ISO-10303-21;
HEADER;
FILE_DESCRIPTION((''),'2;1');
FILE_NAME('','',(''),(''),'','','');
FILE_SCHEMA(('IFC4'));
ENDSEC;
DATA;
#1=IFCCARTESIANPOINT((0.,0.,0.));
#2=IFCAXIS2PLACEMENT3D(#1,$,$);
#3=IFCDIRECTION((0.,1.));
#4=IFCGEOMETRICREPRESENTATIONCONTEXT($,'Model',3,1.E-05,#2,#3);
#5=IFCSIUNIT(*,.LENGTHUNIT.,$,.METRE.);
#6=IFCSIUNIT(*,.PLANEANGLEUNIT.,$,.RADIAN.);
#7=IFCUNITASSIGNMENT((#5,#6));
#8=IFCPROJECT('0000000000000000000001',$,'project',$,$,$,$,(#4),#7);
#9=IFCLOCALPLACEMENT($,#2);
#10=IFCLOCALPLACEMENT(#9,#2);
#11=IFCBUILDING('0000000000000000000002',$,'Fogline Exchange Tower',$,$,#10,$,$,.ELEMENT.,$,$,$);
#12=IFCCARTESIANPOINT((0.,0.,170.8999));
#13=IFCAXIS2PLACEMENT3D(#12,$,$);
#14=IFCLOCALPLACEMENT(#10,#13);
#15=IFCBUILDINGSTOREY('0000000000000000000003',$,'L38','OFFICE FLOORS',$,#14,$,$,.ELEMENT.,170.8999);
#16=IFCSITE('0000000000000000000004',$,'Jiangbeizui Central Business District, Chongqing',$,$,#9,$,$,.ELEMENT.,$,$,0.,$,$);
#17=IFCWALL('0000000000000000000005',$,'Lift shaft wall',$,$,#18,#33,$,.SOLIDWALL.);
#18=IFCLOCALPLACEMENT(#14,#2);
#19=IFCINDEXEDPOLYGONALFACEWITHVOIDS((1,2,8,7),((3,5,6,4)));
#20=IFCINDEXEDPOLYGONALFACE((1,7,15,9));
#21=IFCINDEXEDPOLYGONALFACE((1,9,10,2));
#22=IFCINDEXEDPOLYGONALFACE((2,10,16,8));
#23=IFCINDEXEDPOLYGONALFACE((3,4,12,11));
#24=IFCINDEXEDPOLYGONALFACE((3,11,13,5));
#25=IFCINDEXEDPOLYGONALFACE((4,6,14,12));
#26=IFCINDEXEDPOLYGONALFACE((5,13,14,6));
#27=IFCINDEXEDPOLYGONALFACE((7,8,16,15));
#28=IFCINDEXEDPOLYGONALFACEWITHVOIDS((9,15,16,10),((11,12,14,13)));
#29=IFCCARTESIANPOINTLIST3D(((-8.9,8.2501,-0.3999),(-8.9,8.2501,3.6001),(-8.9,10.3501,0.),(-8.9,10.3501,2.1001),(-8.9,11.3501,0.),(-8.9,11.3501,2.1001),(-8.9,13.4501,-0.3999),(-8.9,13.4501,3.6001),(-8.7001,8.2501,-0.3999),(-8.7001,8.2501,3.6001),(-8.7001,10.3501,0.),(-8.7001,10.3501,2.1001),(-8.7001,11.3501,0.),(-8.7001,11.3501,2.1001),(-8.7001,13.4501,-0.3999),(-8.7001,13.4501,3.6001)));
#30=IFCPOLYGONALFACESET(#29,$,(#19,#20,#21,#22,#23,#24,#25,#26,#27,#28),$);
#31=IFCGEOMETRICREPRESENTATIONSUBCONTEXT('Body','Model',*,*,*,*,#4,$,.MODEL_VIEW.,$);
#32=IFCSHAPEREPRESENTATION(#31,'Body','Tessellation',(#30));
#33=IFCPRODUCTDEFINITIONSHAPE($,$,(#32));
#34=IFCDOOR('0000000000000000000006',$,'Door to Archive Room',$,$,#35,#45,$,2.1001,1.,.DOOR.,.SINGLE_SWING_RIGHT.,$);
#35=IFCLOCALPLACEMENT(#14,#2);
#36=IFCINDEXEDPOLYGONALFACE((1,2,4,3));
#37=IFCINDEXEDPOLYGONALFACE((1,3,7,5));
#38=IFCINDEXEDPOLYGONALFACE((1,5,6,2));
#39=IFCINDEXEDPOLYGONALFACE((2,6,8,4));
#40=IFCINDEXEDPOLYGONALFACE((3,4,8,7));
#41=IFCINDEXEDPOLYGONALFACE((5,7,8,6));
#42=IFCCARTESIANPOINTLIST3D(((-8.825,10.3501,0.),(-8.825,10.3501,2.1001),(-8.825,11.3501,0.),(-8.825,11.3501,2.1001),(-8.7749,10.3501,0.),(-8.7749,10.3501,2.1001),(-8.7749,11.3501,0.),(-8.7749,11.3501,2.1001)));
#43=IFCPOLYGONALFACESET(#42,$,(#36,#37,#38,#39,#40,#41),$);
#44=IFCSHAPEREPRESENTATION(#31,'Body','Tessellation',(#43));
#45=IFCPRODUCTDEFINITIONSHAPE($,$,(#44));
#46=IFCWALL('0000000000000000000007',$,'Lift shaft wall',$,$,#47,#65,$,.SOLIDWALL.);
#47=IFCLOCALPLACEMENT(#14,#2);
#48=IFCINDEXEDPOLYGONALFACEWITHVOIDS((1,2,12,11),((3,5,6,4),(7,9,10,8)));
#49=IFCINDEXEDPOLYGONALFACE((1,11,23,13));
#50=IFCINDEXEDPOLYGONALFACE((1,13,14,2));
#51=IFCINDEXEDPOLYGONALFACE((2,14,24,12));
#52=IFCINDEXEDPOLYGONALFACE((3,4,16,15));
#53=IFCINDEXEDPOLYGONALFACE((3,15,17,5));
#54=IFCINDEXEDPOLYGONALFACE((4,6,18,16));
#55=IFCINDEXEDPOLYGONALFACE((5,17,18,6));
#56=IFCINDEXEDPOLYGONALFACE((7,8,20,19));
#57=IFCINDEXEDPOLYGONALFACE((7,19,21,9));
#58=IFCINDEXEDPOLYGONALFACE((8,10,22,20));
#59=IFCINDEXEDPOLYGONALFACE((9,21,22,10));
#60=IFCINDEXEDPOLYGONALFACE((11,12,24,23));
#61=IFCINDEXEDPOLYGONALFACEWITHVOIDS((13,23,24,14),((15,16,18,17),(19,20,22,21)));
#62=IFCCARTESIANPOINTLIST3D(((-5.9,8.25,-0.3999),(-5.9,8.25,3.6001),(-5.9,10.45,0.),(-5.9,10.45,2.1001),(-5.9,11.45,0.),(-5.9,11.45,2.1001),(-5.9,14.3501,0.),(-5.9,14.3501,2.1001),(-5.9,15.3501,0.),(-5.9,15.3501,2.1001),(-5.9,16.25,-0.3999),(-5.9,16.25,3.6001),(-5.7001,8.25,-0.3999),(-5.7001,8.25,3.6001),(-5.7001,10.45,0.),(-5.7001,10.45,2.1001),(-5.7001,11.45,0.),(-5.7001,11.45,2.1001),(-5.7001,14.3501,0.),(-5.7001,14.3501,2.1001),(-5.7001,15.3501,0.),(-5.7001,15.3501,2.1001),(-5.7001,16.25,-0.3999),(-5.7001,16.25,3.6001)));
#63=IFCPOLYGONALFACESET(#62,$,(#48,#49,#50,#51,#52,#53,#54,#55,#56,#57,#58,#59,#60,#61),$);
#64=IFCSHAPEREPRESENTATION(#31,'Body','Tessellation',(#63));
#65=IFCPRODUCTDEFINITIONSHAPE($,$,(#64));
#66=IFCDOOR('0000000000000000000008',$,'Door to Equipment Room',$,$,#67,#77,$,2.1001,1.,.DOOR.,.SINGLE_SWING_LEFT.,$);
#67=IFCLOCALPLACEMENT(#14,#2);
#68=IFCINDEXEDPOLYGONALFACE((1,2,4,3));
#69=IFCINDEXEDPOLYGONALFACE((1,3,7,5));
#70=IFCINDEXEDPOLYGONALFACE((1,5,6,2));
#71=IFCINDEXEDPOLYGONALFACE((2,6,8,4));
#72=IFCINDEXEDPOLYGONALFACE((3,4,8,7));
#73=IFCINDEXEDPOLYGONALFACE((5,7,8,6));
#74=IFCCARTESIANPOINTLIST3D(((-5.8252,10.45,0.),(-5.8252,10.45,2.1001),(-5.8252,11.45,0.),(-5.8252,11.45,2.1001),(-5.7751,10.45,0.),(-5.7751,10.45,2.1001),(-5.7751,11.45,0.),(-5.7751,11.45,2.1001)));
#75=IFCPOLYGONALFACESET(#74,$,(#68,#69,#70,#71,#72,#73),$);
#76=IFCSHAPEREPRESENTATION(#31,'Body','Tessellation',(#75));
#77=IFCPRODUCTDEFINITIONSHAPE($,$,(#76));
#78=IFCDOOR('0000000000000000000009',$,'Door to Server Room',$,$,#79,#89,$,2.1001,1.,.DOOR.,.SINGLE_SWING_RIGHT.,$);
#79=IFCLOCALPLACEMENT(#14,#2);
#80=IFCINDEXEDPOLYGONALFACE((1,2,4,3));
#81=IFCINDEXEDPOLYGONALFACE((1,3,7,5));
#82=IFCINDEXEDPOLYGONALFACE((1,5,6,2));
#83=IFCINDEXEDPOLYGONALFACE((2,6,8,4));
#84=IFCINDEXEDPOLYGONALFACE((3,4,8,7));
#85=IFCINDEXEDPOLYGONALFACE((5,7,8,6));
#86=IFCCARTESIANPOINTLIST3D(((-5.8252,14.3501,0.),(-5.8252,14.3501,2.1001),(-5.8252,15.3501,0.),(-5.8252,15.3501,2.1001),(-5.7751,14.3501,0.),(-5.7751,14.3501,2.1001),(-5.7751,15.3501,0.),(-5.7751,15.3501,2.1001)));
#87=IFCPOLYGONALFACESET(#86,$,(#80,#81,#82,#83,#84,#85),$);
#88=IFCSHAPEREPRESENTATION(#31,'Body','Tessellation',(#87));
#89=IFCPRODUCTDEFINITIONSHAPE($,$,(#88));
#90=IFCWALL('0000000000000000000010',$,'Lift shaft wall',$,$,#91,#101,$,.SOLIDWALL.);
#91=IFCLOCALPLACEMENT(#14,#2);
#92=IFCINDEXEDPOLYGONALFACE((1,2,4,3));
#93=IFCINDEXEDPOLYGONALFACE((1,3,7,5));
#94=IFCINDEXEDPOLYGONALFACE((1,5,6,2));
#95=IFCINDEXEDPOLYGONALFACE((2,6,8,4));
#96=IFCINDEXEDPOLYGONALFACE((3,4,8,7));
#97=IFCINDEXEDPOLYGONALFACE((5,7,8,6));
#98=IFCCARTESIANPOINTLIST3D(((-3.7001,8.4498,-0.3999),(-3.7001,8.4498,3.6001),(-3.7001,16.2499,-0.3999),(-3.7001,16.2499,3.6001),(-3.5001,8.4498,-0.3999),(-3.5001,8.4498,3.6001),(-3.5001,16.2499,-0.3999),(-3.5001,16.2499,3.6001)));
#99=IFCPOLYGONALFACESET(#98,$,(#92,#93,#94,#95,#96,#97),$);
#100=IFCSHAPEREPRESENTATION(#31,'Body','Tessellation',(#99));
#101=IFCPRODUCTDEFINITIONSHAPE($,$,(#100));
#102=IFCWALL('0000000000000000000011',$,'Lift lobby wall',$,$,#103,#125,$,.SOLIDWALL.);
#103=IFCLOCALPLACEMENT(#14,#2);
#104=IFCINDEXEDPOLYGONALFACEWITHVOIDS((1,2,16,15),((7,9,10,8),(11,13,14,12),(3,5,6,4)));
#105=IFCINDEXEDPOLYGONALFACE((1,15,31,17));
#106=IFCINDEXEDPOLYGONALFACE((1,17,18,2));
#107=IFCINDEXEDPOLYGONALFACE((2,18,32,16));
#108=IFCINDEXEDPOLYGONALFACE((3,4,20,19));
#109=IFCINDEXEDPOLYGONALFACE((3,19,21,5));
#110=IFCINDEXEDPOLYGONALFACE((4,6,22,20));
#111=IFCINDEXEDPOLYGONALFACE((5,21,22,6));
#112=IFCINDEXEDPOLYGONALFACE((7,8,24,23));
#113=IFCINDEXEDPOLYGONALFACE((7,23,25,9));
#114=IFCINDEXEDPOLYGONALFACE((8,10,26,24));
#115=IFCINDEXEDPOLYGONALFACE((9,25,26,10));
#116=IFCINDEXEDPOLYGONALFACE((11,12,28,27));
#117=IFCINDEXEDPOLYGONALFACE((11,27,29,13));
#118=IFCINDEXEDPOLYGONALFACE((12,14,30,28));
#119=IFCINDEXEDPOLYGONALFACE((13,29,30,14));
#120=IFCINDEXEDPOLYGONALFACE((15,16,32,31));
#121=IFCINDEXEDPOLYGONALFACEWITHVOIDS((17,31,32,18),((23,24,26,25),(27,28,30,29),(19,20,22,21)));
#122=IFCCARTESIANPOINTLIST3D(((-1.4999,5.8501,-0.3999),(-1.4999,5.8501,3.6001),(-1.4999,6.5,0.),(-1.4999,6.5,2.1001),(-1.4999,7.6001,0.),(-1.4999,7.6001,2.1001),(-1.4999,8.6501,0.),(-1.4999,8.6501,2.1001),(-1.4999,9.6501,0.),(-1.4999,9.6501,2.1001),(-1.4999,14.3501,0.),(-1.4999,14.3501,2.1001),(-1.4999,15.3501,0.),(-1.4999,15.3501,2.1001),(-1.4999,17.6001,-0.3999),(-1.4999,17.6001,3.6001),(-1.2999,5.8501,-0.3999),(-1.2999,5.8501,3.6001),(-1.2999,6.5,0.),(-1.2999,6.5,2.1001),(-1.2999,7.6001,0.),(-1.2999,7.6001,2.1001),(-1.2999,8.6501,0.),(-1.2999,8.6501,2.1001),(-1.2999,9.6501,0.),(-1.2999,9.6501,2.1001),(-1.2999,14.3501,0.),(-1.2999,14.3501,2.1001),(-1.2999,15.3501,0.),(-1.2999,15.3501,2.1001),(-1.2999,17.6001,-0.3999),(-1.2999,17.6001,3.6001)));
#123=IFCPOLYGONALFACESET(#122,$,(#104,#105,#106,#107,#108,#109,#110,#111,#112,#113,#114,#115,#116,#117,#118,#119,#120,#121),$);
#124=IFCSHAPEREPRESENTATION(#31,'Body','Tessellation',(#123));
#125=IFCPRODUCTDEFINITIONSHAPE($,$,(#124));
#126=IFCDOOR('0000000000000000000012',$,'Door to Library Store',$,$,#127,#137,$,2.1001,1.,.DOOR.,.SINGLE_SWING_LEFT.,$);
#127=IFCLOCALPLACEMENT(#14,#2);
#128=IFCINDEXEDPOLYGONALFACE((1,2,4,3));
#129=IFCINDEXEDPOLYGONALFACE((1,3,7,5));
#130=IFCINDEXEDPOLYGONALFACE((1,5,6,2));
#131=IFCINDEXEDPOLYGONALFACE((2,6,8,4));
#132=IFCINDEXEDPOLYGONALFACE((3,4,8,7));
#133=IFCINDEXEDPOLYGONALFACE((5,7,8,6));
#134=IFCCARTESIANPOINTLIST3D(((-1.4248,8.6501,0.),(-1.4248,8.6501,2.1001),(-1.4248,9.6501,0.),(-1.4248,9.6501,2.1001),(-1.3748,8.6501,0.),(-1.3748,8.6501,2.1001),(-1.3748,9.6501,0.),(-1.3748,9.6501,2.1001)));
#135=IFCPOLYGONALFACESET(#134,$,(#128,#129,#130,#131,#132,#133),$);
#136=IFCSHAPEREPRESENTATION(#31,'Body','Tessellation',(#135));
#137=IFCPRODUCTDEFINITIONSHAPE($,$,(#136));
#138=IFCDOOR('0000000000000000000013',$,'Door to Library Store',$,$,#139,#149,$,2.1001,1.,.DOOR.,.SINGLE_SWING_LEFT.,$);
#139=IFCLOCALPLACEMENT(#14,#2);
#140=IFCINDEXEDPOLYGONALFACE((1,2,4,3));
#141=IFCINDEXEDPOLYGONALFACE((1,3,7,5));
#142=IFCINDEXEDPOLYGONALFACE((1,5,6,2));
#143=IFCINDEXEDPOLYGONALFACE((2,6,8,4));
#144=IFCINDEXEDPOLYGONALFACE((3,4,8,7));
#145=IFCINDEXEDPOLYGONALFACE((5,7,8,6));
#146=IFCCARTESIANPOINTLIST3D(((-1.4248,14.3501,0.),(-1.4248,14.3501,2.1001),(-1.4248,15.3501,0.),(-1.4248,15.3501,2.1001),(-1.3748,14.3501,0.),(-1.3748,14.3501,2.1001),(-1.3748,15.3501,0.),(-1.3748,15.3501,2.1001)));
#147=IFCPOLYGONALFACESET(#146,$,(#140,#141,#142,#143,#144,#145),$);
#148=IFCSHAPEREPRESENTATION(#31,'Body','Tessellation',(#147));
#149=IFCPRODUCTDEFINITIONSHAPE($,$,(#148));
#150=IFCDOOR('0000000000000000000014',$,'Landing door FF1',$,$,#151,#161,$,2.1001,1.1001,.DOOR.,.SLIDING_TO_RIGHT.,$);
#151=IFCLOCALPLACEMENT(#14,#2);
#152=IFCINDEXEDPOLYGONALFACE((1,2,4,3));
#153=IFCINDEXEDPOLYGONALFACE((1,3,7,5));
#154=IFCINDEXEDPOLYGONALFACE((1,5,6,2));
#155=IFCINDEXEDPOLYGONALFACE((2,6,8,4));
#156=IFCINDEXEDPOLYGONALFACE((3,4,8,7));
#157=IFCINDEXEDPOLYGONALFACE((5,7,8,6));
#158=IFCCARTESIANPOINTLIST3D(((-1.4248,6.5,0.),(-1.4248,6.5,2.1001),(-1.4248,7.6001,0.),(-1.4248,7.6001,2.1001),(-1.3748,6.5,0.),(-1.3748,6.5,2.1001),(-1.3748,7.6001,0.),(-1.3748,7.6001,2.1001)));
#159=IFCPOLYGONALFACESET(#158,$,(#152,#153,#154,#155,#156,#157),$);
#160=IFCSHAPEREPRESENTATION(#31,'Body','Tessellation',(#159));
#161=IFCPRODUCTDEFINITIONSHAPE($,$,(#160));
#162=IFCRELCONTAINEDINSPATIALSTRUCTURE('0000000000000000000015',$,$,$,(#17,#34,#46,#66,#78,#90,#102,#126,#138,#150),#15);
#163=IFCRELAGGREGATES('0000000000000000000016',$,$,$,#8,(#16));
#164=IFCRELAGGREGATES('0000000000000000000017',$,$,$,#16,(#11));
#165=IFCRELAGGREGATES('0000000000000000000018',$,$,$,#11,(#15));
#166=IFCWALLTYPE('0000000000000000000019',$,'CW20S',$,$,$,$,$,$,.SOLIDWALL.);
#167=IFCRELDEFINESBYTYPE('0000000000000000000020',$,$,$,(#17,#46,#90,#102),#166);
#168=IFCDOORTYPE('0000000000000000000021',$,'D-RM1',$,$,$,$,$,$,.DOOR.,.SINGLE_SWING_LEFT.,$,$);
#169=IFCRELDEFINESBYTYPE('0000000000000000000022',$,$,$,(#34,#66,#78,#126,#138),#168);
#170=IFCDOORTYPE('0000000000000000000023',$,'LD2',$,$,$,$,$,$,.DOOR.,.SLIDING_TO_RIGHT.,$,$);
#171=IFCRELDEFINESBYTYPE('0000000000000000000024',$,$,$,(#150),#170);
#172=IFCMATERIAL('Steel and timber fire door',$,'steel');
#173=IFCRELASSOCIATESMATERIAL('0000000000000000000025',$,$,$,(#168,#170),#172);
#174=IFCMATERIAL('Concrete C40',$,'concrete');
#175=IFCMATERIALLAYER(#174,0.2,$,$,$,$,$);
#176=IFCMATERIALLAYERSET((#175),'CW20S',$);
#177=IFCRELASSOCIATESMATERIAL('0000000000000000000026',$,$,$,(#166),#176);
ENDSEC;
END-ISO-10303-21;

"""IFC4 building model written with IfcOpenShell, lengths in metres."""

from ifc_helpers import new_model, si_unit, direction, frame, frame_2d, origin, place, context, subcontext, project, spatial, rectangle, extrude, material, layer, layer_set, type_object, element, fill, save


model = new_model("IFC4")

# Units and contexts
model_context = context("Model", 3, precision=1e-05, world=origin(), true_north=direction((0.0, 1.0)))
body_context = subcontext(model_context, "Body", "Model", "MODEL_VIEW")
ifc_project = project(units=[si_unit("LENGTHUNIT", "METRE"), si_unit("PLANEANGLEUNIT", "RADIAN")], contexts=[model_context])

# Site, building, storey
site_placement = place(None, origin())
site = spatial("IfcSite", under=ifc_project, at=site_placement, Name="Jiangbeizui Central Business District, Chongqing", CompositionType="ELEMENT", RefElevation=0.0)
building_placement = place(site_placement, origin())
building = spatial("IfcBuilding", under=site, at=building_placement, Name="Fogline Exchange Tower", CompositionType="ELEMENT")
storey_placement = place(building_placement, frame((0.0, 0.0, 170.8999)))
storey = spatial("IfcBuildingStorey", under=building, at=storey_placement, Name="L38", Description="OFFICE FLOORS", CompositionType="ELEMENT", Elevation=170.8999)

# Shared definitions
ifc_material_1 = material(Name="Steel and timber fire door", Category="steel")

# Wall, opening, door
ifc_material_2 = material(Name="Concrete C40", Category="concrete")
door_type_1 = type_object("IfcDoorType", Name="D-RM1", OperationType="SINGLE_SWING_LEFT", PredefinedType="DOOR", material=ifc_material_1)
ifc_layer_1 = layer(ifc_material_2, 0.2)
ifc_layer_set_1 = layer_set([ifc_layer_1], Name="CW20S")
wall_type_1 = type_object("IfcWallType", Name="CW20S", PredefinedType="SOLIDWALL", material=ifc_layer_set_1)
wall_1_placement = place(storey_placement, frame((-8.8, 8.25, -0.3999), z_axis=(0.0, 0.0, 1.0), x_axis=(0.0, 1.0, 0.0)))
wall_1 = element("IfcWall", 1, at=wall_1_placement, inside=storey, type_object=wall_type_1, Name="Lift shaft wall", PredefinedType="SOLIDWALL", context=body_context, shape_type="SweptSolid", body=[
    extrude(rectangle(XDim=5.2, YDim=0.2, at=frame_2d((2.6001, 0.0))), origin(), (0.0, 0.0, 1.0), 4.0),
])
opening_1_placement = place(wall_1_placement, frame((2.1001, 0.0, 0.3999)))
opening_1 = element("IfcOpeningElement", 2, at=opening_1_placement, cuts=wall_1, PredefinedType="OPENING", context=body_context, shape_type="SweptSolid", body=[
    extrude(rectangle(XDim=1.0, YDim=2.1001, at=frame_2d((0.5, 1.05))), frame((0.0, 0.1099, 0.0), z_axis=(0.0, -1.0, 0.0), x_axis=(1.0, 0.0, 0.0)), (0.0, 0.0, 1.0), 0.22),
])
door_1_placement = place(opening_1_placement, origin())
door_1 = element("IfcDoor", 3, at=door_1_placement, inside=storey, type_object=door_type_1, Name="Door to Archive Room", OperationType="SINGLE_SWING_RIGHT", OverallHeight=2.1001, OverallWidth=1.0, PredefinedType="DOOR", context=body_context, shape_type="SweptSolid", body=[
    extrude(rectangle(XDim=1.0, YDim=2.1001, at=frame_2d((0.5, 1.05))), frame((0.0, 0.0249, 0.0), z_axis=(0.0, -1.0, 0.0), x_axis=(1.0, 0.0, 0.0)), (0.0, 0.0, 1.0), 0.05),
])
fill(opening_1, door_1)

# Wall, openings, doors
wall_2_placement = place(storey_placement, frame((-5.8, 8.25, -0.3999), z_axis=(0.0, 0.0, 1.0), x_axis=(0.0, 1.0, 0.0)))
wall_2 = element("IfcWall", 4, at=wall_2_placement, inside=storey, type_object=wall_type_1, Name="Lift shaft wall", PredefinedType="SOLIDWALL", context=body_context, shape_type="SweptSolid", body=[
    extrude(rectangle(XDim=8.0, YDim=0.2, at=frame_2d((4.0, 0.0))), origin(), (0.0, 0.0, 1.0), 4.0),
])
opening_2_placement = place(wall_2_placement, frame((2.2, 0.0, 0.3999)))
opening_2 = element("IfcOpeningElement", 5, at=opening_2_placement, cuts=wall_2, PredefinedType="OPENING", context=body_context, shape_type="SweptSolid", body=[
    extrude(rectangle(XDim=1.0, YDim=2.1001, at=frame_2d((0.5, 1.05))), frame((0.0, 0.1099, 0.0), z_axis=(0.0, -1.0, 0.0), x_axis=(1.0, 0.0, 0.0)), (0.0, 0.0, 1.0), 0.22),
])
opening_3_placement = place(wall_2_placement, frame((6.1001, 0.0, 0.3999)))
opening_3 = element("IfcOpeningElement", 6, at=opening_3_placement, cuts=wall_2, PredefinedType="OPENING", context=body_context, shape_type="SweptSolid", body=[
    extrude(rectangle(XDim=1.0, YDim=2.1001, at=frame_2d((0.5, 1.05))), frame((0.0, 0.1099, 0.0), z_axis=(0.0, -1.0, 0.0), x_axis=(1.0, 0.0, 0.0)), (0.0, 0.0, 1.0), 0.22),
])
door_2_placement = place(opening_2_placement, frame((1.0, 0.0, 0.0), z_axis=(0.0, 0.0, 1.0), x_axis=(-1.0, 0.0, 0.0)))
door_2 = element("IfcDoor", 7, at=door_2_placement, inside=storey, type_object=door_type_1, Name="Door to Equipment Room", OperationType="SINGLE_SWING_LEFT", OverallHeight=2.1001, OverallWidth=1.0, PredefinedType="DOOR", context=body_context, shape_type="SweptSolid", body=[
    extrude(rectangle(XDim=1.0, YDim=2.1001, at=frame_2d((0.5, 1.05))), frame((0.0, 0.0249, 0.0), z_axis=(0.0, -1.0, 0.0), x_axis=(1.0, 0.0, 0.0)), (0.0, 0.0, 1.0), 0.05),
])
fill(opening_2, door_2)
door_3_placement = place(opening_3_placement, frame((1.0, 0.0, 0.0), z_axis=(0.0, 0.0, 1.0), x_axis=(-1.0, 0.0, 0.0)))
door_3 = element("IfcDoor", 8, at=door_3_placement, inside=storey, type_object=door_type_1, Name="Door to Server Room", OperationType="SINGLE_SWING_RIGHT", OverallHeight=2.1001, OverallWidth=1.0, PredefinedType="DOOR", context=body_context, shape_type="SweptSolid", body=[
    extrude(rectangle(XDim=1.0, YDim=2.1001, at=frame_2d((0.5, 1.05))), frame((0.0, 0.0249, 0.0), z_axis=(0.0, -1.0, 0.0), x_axis=(1.0, 0.0, 0.0)), (0.0, 0.0, 1.0), 0.05),
])
fill(opening_3, door_3)

# Wall
wall_3_placement = place(storey_placement, frame((-3.6001, 8.45, -0.3999), z_axis=(0.0, 0.0, 1.0), x_axis=(0.0, 1.0, 0.0)))
element("IfcWall", 9, at=wall_3_placement, inside=storey, type_object=wall_type_1, Name="Lift shaft wall", PredefinedType="SOLIDWALL", context=body_context, shape_type="SweptSolid", body=[
    extrude(rectangle(XDim=7.8, YDim=0.2, at=frame_2d((3.8999, 0.0))), origin(), (0.0, 0.0, 1.0), 4.0),
])

# Wall, openings, doors
wall_4_placement = place(storey_placement, frame((-1.3999, 5.8501, -0.3999), z_axis=(0.0, 0.0, 1.0), x_axis=(0.0, 1.0, 0.0)))
wall_4 = element("IfcWall", 10, at=wall_4_placement, inside=storey, type_object=wall_type_1, Name="Lift lobby wall", PredefinedType="SOLIDWALL", context=body_context, shape_type="SweptSolid", body=[
    extrude(rectangle(XDim=11.75, YDim=0.2, at=frame_2d((5.875, 0.0))), origin(), (0.0, 0.0, 1.0), 4.0),
])
opening_4_placement = place(wall_4_placement, frame((0.6499, 0.0, 0.3999)))
opening_4 = element("IfcOpeningElement", 11, at=opening_4_placement, cuts=wall_4, PredefinedType="OPENING", context=body_context, shape_type="SweptSolid", body=[
    extrude(rectangle(XDim=1.1001, YDim=2.1001, at=frame_2d((0.55, 1.05))), frame((0.0, 0.1099, 0.0), z_axis=(0.0, -1.0, 0.0), x_axis=(1.0, 0.0, 0.0)), (0.0, 0.0, 1.0), 0.22),
])
opening_5_placement = place(wall_4_placement, frame((2.8, 0.0, 0.3999)))
opening_5 = element("IfcOpeningElement", 12, at=opening_5_placement, cuts=wall_4, PredefinedType="OPENING", context=body_context, shape_type="SweptSolid", body=[
    extrude(rectangle(XDim=1.0, YDim=2.1001, at=frame_2d((0.5, 1.05))), frame((0.0, 0.1099, 0.0), z_axis=(0.0, -1.0, 0.0), x_axis=(1.0, 0.0, 0.0)), (0.0, 0.0, 1.0), 0.22),
])
opening_6_placement = place(wall_4_placement, frame((8.5, 0.0, 0.3999)))
opening_6 = element("IfcOpeningElement", 13, at=opening_6_placement, cuts=wall_4, PredefinedType="OPENING", context=body_context, shape_type="SweptSolid", body=[
    extrude(rectangle(XDim=1.0, YDim=2.1001, at=frame_2d((0.5, 1.05))), frame((0.0, 0.1099, 0.0), z_axis=(0.0, -1.0, 0.0), x_axis=(1.0, 0.0, 0.0)), (0.0, 0.0, 1.0), 0.22),
])
door_4_placement = place(opening_5_placement, origin())
door_4 = element("IfcDoor", 14, at=door_4_placement, inside=storey, type_object=door_type_1, Name="Door to Library Store", OperationType="SINGLE_SWING_LEFT", OverallHeight=2.1001, OverallWidth=1.0, PredefinedType="DOOR", context=body_context, shape_type="SweptSolid", body=[
    extrude(rectangle(XDim=1.0, YDim=2.1001, at=frame_2d((0.5, 1.05))), frame((0.0, 0.0249, 0.0), z_axis=(0.0, -1.0, 0.0), x_axis=(1.0, 0.0, 0.0)), (0.0, 0.0, 1.0), 0.05),
])
fill(opening_5, door_4)
door_5_placement = place(opening_6_placement, origin())
door_5 = element("IfcDoor", 15, at=door_5_placement, inside=storey, type_object=door_type_1, Name="Door to Library Store", OperationType="SINGLE_SWING_LEFT", OverallHeight=2.1001, OverallWidth=1.0, PredefinedType="DOOR", context=body_context, shape_type="SweptSolid", body=[
    extrude(rectangle(XDim=1.0, YDim=2.1001, at=frame_2d((0.5, 1.05))), frame((0.0, 0.0249, 0.0), z_axis=(0.0, -1.0, 0.0), x_axis=(1.0, 0.0, 0.0)), (0.0, 0.0, 1.0), 0.05),
])
fill(opening_6, door_5)
door_type_2 = type_object("IfcDoorType", Name="LD2", OperationType="SLIDING_TO_RIGHT", PredefinedType="DOOR", material=ifc_material_1)
door_6_placement = place(opening_4_placement, origin())
door_6 = element("IfcDoor", 16, at=door_6_placement, inside=storey, type_object=door_type_2, Name="Landing door FF1", OperationType="SLIDING_TO_RIGHT", OverallHeight=2.1001, OverallWidth=1.1001, PredefinedType="DOOR", context=body_context, shape_type="SweptSolid", body=[
    extrude(rectangle(XDim=1.1001, YDim=2.1001, at=frame_2d((0.55, 1.05))), frame((0.0, 0.0249, 0.0), z_axis=(0.0, -1.0, 0.0), x_axis=(1.0, 0.0, 0.0)), (0.0, 0.0, 1.0), 0.05),
])
fill(opening_4, door_6)

save(model, "model.ifc")
